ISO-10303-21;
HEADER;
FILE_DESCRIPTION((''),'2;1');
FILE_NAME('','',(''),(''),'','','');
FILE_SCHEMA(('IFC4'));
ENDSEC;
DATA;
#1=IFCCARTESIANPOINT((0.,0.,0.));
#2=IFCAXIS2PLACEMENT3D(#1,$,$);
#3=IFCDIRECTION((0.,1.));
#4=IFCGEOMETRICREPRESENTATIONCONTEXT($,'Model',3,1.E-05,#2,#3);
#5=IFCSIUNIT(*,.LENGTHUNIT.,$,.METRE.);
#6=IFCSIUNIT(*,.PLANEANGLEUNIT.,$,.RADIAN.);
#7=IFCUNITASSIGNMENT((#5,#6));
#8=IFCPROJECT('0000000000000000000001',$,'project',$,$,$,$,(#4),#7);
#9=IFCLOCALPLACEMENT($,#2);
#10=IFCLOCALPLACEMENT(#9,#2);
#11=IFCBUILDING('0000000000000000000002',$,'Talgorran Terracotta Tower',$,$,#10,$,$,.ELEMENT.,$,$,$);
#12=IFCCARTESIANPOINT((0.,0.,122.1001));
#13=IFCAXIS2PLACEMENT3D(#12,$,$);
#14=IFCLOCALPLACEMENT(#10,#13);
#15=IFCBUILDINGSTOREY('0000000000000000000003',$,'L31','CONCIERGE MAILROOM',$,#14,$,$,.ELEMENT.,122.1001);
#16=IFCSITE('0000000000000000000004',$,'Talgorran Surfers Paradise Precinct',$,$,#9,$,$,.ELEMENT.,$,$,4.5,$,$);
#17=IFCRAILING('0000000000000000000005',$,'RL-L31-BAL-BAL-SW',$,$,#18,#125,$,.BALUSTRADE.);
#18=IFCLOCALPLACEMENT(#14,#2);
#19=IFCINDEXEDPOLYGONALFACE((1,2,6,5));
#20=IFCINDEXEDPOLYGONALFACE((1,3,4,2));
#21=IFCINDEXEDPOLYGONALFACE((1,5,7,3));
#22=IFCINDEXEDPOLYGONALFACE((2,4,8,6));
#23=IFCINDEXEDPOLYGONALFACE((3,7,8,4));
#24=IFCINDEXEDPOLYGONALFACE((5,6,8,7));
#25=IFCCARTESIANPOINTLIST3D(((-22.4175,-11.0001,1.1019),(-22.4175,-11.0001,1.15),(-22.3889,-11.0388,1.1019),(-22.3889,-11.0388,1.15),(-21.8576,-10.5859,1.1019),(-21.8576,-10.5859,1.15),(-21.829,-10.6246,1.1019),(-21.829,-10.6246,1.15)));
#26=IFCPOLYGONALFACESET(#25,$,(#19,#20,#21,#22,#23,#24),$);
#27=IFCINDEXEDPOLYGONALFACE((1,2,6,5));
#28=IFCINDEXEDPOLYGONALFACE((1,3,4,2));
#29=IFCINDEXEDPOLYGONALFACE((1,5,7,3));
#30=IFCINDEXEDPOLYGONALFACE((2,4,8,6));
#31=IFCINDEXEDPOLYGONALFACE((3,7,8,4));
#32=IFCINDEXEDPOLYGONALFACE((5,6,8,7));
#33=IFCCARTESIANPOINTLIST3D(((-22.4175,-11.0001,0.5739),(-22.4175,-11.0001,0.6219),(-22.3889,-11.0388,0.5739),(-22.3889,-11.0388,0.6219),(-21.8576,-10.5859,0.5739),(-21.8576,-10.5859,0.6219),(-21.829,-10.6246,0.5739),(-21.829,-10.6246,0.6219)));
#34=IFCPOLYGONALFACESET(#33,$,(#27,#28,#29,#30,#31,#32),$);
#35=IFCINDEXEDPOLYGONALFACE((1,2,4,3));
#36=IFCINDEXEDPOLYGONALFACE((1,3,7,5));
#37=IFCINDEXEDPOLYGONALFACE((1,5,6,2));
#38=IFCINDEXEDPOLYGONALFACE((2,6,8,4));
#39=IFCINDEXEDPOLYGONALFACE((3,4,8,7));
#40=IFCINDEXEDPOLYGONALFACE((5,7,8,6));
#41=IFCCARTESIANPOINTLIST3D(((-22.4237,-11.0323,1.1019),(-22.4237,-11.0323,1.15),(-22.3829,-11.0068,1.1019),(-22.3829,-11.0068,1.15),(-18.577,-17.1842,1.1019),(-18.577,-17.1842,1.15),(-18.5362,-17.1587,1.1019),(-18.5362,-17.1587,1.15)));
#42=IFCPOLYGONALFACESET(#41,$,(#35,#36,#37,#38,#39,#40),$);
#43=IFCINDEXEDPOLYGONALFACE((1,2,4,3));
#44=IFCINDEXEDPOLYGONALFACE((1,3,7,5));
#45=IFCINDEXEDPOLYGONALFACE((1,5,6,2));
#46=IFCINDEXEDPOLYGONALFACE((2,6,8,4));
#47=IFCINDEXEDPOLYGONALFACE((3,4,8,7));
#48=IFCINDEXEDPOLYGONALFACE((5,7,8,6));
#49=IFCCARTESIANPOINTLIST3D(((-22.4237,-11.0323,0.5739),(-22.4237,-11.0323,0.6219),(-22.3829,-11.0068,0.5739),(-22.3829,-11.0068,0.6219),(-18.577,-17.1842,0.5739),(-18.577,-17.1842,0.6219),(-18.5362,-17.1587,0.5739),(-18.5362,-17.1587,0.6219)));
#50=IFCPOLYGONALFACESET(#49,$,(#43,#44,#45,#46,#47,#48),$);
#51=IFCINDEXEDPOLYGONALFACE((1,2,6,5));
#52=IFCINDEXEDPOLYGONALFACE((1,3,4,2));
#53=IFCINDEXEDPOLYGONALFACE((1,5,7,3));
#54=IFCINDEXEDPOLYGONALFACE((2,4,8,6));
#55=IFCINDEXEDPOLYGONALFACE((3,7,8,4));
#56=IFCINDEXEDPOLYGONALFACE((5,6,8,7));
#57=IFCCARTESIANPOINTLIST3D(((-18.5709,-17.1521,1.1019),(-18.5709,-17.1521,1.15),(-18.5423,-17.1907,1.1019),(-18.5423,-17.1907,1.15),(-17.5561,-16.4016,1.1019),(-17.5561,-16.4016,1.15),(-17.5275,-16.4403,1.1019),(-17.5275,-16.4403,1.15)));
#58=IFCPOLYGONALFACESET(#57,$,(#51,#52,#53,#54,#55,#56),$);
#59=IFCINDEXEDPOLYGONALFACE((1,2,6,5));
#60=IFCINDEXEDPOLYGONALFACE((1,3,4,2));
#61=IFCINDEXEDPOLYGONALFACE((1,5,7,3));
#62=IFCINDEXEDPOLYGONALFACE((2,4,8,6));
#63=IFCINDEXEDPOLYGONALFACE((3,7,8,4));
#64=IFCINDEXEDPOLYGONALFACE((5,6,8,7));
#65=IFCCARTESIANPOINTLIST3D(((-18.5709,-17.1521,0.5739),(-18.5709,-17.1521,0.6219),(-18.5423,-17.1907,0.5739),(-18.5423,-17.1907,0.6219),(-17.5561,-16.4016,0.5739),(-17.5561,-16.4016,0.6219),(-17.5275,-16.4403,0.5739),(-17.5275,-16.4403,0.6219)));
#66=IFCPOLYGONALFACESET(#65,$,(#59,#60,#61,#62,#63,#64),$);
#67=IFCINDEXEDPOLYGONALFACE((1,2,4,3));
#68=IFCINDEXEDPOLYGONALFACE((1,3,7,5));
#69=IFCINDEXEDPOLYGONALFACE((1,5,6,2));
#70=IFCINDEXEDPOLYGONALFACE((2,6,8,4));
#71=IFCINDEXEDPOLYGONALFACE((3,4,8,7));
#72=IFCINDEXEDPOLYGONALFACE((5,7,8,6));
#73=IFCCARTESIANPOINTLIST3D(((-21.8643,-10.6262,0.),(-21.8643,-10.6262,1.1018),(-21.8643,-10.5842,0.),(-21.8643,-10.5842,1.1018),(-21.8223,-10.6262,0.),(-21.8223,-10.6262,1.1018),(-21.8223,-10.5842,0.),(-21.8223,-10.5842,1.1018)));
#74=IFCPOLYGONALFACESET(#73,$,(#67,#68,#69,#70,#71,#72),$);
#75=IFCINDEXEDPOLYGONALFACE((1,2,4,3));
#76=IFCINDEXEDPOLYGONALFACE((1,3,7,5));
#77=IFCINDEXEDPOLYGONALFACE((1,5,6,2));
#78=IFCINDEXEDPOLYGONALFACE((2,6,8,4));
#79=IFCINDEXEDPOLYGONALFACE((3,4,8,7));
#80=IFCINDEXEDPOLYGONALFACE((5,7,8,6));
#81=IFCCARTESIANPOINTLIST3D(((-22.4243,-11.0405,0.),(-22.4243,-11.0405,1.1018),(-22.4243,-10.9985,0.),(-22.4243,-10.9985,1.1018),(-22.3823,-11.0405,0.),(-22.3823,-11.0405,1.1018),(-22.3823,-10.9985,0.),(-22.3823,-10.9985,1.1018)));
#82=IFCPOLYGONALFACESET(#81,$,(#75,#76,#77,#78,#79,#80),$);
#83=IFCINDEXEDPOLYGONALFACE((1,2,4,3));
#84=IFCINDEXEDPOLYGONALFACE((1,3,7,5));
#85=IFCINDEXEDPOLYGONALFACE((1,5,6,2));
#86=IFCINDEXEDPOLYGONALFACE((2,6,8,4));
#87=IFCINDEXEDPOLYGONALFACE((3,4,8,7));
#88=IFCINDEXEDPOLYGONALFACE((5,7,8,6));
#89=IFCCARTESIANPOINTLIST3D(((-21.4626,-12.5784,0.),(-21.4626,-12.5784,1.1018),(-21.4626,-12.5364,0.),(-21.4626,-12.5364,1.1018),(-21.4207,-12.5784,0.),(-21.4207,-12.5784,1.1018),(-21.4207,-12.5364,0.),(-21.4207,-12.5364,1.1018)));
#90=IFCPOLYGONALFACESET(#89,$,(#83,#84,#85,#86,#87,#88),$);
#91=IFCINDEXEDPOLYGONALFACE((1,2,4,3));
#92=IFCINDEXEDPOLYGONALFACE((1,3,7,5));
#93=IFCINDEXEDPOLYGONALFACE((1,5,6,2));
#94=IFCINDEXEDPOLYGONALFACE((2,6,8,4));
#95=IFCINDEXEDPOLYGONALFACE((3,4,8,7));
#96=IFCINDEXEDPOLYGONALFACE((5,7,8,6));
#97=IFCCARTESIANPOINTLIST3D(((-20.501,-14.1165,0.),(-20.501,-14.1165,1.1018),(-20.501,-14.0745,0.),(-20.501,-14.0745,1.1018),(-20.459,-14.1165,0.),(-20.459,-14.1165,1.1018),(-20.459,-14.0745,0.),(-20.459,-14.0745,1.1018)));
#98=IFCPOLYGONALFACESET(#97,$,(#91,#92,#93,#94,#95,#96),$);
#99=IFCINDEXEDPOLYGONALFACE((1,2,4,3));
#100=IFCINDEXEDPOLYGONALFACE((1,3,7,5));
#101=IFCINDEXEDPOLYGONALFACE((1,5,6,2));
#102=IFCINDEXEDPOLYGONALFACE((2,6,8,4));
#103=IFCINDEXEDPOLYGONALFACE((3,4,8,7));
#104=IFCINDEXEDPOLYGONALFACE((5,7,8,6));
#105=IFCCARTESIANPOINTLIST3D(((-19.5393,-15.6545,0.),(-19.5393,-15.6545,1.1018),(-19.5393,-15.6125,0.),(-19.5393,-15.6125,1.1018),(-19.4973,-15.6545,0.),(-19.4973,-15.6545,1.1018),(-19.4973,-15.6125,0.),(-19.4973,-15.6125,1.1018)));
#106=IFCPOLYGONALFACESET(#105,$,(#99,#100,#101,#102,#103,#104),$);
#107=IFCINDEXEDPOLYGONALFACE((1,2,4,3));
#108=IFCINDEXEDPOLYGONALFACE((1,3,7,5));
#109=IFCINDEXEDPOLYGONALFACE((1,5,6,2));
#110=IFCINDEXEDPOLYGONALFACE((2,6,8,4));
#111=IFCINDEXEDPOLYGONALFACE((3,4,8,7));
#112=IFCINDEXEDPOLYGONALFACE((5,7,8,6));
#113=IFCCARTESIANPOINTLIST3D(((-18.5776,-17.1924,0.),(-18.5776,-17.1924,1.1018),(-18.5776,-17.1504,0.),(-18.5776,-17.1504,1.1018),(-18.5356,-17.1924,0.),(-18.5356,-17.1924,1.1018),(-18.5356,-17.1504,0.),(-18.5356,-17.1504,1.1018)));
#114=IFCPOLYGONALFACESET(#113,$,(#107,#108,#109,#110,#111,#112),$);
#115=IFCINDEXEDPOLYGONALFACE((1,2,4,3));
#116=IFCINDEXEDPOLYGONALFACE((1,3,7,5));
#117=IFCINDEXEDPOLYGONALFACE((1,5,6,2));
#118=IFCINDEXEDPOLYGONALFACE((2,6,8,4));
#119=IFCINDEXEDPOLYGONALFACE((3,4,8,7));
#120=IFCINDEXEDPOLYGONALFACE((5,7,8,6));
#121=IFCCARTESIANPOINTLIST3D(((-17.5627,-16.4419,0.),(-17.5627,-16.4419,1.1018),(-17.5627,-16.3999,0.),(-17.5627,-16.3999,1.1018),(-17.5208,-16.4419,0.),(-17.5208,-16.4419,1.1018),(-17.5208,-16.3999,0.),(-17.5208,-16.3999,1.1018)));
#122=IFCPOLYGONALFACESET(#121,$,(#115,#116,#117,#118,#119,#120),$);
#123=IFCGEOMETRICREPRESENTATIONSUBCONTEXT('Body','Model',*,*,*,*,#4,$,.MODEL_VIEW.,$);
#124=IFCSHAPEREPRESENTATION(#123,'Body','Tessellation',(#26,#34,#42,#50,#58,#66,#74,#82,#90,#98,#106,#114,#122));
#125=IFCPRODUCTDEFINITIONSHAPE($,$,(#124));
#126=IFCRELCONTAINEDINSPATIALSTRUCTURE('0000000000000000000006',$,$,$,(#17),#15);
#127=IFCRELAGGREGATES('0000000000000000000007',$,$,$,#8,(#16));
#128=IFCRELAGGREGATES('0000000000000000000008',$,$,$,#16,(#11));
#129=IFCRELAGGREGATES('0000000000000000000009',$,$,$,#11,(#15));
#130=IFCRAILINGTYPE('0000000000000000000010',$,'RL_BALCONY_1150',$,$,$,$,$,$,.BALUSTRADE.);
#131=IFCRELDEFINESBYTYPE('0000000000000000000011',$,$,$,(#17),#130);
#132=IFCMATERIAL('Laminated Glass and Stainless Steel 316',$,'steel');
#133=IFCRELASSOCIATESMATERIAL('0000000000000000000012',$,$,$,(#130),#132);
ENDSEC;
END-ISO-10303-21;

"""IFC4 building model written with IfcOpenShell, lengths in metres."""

from ifc_helpers import new_model, si_unit, direction, frame, origin, origin_2d, place, context, subcontext, project, spatial, rectangle, extrude, material, type_object, element, save


model = new_model("IFC4")

# Units and contexts
model_context = context("Model", 3, precision=1e-05, world=origin(), true_north=direction((0.0, 1.0)))
body_context = subcontext(model_context, "Body", "Model", "MODEL_VIEW")
ifc_project = project(units=[si_unit("LENGTHUNIT", "METRE"), si_unit("PLANEANGLEUNIT", "RADIAN")], contexts=[model_context])

# Site, building, storey
site_placement = place(None, origin())
site = spatial("IfcSite", under=ifc_project, at=site_placement, Name="Talgorran Surfers Paradise Precinct", CompositionType="ELEMENT", RefElevation=4.5)
building_placement = place(site_placement, origin())
building = spatial("IfcBuilding", under=site, at=building_placement, Name="Talgorran Terracotta Tower", CompositionType="ELEMENT")
storey_placement = place(building_placement, frame((0.0, 0.0, 122.1001)))
storey = spatial("IfcBuildingStorey", under=building, at=storey_placement, Name="L31", Description="CONCIERGE MAILROOM", CompositionType="ELEMENT", Elevation=122.1001)

# Railing
ifc_material_1 = material(Name="Laminated Glass and Stainless Steel 316", Category="steel")
railing_type = type_object("IfcRailingType", Name="RL_BALCONY_1150", PredefinedType="BALUSTRADE", material=ifc_material_1)
railing_placement = place(storey_placement, frame((-21.8433, -10.6052, 0.0)))
element("IfcRailing", 1, at=railing_placement, inside=storey, type_object=railing_type, Name="RL-L31-BAL-BAL-SW", PredefinedType="BALUSTRADE", context=body_context, shape_type="SweptSolid", body=[
    extrude(rectangle(XDim=0.0481, YDim=0.0481, at=origin_2d()), frame((0.0, 0.0, 1.126), z_axis=(-0.803936, -0.594716, 0.0), x_axis=(0.594716, -0.803936, 0.0)), (0.0, 0.0, 1.0), 0.6965),
    extrude(rectangle(XDim=0.0481, YDim=0.0481, at=origin_2d()), frame((0.0, 0.0, 0.5979), z_axis=(-0.803936, -0.594716, 0.0), x_axis=(0.594716, -0.803936, 0.0)), (0.0, 0.0, 1.0), 0.6965),
    extrude(rectangle(XDim=0.0481, YDim=0.0481, at=origin_2d()), frame((-0.5601, -0.4143, 1.126), z_axis=(0.530174, -0.847889, 0.0), x_axis=(0.847889, 0.530174, 0.0)), (0.0, 0.0, 1.0), 7.2556),
    extrude(rectangle(XDim=0.0481, YDim=0.0481, at=origin_2d()), frame((-0.5601, -0.4143, 0.5979), z_axis=(0.530174, -0.847889, 0.0), x_axis=(0.847889, 0.530174, 0.0)), (0.0, 0.0, 1.0), 7.2556),
    extrude(rectangle(XDim=0.0481, YDim=0.0481, at=origin_2d()), frame((3.2866, -6.5662, 1.126), z_axis=(0.804043, 0.594571, 0.0), x_axis=(-0.594571, 0.804043, 0.0)), (0.0, 0.0, 1.0), 1.2622),
    extrude(rectangle(XDim=0.0481, YDim=0.0481, at=origin_2d()), frame((3.2866, -6.5662, 0.5979), z_axis=(0.804043, 0.594571, 0.0), x_axis=(-0.594571, 0.804043, 0.0)), (0.0, 0.0, 1.0), 1.2622),
    extrude(rectangle(XDim=0.042, YDim=0.042, at=origin_2d()), origin(), (0.0, 0.0, 1.0), 1.1018),
    extrude(rectangle(XDim=0.042, YDim=0.042, at=origin_2d()), frame((-0.5601, -0.4143, 0.0)), (0.0, 0.0, 1.0), 1.1018),
    extrude(rectangle(XDim=0.042, YDim=0.042, at=origin_2d()), frame((0.4016, -1.9521, 0.0)), (0.0, 0.0, 1.0), 1.1018),
    extrude(rectangle(XDim=0.042, YDim=0.042, at=origin_2d()), frame((1.3633, -3.4902, 0.0)), (0.0, 0.0, 1.0), 1.1018),
    extrude(rectangle(XDim=0.042, YDim=0.042, at=origin_2d()), frame((2.325, -5.0283, 0.0)), (0.0, 0.0, 1.0), 1.1018),
    extrude(rectangle(XDim=0.042, YDim=0.042, at=origin_2d()), frame((3.2866, -6.5662, 0.0)), (0.0, 0.0, 1.0), 1.1018),
    extrude(rectangle(XDim=0.042, YDim=0.042, at=origin_2d()), frame((4.3015, -5.8157, 0.0)), (0.0, 0.0, 1.0), 1.1018),
])

save(model, "model.ifc")
